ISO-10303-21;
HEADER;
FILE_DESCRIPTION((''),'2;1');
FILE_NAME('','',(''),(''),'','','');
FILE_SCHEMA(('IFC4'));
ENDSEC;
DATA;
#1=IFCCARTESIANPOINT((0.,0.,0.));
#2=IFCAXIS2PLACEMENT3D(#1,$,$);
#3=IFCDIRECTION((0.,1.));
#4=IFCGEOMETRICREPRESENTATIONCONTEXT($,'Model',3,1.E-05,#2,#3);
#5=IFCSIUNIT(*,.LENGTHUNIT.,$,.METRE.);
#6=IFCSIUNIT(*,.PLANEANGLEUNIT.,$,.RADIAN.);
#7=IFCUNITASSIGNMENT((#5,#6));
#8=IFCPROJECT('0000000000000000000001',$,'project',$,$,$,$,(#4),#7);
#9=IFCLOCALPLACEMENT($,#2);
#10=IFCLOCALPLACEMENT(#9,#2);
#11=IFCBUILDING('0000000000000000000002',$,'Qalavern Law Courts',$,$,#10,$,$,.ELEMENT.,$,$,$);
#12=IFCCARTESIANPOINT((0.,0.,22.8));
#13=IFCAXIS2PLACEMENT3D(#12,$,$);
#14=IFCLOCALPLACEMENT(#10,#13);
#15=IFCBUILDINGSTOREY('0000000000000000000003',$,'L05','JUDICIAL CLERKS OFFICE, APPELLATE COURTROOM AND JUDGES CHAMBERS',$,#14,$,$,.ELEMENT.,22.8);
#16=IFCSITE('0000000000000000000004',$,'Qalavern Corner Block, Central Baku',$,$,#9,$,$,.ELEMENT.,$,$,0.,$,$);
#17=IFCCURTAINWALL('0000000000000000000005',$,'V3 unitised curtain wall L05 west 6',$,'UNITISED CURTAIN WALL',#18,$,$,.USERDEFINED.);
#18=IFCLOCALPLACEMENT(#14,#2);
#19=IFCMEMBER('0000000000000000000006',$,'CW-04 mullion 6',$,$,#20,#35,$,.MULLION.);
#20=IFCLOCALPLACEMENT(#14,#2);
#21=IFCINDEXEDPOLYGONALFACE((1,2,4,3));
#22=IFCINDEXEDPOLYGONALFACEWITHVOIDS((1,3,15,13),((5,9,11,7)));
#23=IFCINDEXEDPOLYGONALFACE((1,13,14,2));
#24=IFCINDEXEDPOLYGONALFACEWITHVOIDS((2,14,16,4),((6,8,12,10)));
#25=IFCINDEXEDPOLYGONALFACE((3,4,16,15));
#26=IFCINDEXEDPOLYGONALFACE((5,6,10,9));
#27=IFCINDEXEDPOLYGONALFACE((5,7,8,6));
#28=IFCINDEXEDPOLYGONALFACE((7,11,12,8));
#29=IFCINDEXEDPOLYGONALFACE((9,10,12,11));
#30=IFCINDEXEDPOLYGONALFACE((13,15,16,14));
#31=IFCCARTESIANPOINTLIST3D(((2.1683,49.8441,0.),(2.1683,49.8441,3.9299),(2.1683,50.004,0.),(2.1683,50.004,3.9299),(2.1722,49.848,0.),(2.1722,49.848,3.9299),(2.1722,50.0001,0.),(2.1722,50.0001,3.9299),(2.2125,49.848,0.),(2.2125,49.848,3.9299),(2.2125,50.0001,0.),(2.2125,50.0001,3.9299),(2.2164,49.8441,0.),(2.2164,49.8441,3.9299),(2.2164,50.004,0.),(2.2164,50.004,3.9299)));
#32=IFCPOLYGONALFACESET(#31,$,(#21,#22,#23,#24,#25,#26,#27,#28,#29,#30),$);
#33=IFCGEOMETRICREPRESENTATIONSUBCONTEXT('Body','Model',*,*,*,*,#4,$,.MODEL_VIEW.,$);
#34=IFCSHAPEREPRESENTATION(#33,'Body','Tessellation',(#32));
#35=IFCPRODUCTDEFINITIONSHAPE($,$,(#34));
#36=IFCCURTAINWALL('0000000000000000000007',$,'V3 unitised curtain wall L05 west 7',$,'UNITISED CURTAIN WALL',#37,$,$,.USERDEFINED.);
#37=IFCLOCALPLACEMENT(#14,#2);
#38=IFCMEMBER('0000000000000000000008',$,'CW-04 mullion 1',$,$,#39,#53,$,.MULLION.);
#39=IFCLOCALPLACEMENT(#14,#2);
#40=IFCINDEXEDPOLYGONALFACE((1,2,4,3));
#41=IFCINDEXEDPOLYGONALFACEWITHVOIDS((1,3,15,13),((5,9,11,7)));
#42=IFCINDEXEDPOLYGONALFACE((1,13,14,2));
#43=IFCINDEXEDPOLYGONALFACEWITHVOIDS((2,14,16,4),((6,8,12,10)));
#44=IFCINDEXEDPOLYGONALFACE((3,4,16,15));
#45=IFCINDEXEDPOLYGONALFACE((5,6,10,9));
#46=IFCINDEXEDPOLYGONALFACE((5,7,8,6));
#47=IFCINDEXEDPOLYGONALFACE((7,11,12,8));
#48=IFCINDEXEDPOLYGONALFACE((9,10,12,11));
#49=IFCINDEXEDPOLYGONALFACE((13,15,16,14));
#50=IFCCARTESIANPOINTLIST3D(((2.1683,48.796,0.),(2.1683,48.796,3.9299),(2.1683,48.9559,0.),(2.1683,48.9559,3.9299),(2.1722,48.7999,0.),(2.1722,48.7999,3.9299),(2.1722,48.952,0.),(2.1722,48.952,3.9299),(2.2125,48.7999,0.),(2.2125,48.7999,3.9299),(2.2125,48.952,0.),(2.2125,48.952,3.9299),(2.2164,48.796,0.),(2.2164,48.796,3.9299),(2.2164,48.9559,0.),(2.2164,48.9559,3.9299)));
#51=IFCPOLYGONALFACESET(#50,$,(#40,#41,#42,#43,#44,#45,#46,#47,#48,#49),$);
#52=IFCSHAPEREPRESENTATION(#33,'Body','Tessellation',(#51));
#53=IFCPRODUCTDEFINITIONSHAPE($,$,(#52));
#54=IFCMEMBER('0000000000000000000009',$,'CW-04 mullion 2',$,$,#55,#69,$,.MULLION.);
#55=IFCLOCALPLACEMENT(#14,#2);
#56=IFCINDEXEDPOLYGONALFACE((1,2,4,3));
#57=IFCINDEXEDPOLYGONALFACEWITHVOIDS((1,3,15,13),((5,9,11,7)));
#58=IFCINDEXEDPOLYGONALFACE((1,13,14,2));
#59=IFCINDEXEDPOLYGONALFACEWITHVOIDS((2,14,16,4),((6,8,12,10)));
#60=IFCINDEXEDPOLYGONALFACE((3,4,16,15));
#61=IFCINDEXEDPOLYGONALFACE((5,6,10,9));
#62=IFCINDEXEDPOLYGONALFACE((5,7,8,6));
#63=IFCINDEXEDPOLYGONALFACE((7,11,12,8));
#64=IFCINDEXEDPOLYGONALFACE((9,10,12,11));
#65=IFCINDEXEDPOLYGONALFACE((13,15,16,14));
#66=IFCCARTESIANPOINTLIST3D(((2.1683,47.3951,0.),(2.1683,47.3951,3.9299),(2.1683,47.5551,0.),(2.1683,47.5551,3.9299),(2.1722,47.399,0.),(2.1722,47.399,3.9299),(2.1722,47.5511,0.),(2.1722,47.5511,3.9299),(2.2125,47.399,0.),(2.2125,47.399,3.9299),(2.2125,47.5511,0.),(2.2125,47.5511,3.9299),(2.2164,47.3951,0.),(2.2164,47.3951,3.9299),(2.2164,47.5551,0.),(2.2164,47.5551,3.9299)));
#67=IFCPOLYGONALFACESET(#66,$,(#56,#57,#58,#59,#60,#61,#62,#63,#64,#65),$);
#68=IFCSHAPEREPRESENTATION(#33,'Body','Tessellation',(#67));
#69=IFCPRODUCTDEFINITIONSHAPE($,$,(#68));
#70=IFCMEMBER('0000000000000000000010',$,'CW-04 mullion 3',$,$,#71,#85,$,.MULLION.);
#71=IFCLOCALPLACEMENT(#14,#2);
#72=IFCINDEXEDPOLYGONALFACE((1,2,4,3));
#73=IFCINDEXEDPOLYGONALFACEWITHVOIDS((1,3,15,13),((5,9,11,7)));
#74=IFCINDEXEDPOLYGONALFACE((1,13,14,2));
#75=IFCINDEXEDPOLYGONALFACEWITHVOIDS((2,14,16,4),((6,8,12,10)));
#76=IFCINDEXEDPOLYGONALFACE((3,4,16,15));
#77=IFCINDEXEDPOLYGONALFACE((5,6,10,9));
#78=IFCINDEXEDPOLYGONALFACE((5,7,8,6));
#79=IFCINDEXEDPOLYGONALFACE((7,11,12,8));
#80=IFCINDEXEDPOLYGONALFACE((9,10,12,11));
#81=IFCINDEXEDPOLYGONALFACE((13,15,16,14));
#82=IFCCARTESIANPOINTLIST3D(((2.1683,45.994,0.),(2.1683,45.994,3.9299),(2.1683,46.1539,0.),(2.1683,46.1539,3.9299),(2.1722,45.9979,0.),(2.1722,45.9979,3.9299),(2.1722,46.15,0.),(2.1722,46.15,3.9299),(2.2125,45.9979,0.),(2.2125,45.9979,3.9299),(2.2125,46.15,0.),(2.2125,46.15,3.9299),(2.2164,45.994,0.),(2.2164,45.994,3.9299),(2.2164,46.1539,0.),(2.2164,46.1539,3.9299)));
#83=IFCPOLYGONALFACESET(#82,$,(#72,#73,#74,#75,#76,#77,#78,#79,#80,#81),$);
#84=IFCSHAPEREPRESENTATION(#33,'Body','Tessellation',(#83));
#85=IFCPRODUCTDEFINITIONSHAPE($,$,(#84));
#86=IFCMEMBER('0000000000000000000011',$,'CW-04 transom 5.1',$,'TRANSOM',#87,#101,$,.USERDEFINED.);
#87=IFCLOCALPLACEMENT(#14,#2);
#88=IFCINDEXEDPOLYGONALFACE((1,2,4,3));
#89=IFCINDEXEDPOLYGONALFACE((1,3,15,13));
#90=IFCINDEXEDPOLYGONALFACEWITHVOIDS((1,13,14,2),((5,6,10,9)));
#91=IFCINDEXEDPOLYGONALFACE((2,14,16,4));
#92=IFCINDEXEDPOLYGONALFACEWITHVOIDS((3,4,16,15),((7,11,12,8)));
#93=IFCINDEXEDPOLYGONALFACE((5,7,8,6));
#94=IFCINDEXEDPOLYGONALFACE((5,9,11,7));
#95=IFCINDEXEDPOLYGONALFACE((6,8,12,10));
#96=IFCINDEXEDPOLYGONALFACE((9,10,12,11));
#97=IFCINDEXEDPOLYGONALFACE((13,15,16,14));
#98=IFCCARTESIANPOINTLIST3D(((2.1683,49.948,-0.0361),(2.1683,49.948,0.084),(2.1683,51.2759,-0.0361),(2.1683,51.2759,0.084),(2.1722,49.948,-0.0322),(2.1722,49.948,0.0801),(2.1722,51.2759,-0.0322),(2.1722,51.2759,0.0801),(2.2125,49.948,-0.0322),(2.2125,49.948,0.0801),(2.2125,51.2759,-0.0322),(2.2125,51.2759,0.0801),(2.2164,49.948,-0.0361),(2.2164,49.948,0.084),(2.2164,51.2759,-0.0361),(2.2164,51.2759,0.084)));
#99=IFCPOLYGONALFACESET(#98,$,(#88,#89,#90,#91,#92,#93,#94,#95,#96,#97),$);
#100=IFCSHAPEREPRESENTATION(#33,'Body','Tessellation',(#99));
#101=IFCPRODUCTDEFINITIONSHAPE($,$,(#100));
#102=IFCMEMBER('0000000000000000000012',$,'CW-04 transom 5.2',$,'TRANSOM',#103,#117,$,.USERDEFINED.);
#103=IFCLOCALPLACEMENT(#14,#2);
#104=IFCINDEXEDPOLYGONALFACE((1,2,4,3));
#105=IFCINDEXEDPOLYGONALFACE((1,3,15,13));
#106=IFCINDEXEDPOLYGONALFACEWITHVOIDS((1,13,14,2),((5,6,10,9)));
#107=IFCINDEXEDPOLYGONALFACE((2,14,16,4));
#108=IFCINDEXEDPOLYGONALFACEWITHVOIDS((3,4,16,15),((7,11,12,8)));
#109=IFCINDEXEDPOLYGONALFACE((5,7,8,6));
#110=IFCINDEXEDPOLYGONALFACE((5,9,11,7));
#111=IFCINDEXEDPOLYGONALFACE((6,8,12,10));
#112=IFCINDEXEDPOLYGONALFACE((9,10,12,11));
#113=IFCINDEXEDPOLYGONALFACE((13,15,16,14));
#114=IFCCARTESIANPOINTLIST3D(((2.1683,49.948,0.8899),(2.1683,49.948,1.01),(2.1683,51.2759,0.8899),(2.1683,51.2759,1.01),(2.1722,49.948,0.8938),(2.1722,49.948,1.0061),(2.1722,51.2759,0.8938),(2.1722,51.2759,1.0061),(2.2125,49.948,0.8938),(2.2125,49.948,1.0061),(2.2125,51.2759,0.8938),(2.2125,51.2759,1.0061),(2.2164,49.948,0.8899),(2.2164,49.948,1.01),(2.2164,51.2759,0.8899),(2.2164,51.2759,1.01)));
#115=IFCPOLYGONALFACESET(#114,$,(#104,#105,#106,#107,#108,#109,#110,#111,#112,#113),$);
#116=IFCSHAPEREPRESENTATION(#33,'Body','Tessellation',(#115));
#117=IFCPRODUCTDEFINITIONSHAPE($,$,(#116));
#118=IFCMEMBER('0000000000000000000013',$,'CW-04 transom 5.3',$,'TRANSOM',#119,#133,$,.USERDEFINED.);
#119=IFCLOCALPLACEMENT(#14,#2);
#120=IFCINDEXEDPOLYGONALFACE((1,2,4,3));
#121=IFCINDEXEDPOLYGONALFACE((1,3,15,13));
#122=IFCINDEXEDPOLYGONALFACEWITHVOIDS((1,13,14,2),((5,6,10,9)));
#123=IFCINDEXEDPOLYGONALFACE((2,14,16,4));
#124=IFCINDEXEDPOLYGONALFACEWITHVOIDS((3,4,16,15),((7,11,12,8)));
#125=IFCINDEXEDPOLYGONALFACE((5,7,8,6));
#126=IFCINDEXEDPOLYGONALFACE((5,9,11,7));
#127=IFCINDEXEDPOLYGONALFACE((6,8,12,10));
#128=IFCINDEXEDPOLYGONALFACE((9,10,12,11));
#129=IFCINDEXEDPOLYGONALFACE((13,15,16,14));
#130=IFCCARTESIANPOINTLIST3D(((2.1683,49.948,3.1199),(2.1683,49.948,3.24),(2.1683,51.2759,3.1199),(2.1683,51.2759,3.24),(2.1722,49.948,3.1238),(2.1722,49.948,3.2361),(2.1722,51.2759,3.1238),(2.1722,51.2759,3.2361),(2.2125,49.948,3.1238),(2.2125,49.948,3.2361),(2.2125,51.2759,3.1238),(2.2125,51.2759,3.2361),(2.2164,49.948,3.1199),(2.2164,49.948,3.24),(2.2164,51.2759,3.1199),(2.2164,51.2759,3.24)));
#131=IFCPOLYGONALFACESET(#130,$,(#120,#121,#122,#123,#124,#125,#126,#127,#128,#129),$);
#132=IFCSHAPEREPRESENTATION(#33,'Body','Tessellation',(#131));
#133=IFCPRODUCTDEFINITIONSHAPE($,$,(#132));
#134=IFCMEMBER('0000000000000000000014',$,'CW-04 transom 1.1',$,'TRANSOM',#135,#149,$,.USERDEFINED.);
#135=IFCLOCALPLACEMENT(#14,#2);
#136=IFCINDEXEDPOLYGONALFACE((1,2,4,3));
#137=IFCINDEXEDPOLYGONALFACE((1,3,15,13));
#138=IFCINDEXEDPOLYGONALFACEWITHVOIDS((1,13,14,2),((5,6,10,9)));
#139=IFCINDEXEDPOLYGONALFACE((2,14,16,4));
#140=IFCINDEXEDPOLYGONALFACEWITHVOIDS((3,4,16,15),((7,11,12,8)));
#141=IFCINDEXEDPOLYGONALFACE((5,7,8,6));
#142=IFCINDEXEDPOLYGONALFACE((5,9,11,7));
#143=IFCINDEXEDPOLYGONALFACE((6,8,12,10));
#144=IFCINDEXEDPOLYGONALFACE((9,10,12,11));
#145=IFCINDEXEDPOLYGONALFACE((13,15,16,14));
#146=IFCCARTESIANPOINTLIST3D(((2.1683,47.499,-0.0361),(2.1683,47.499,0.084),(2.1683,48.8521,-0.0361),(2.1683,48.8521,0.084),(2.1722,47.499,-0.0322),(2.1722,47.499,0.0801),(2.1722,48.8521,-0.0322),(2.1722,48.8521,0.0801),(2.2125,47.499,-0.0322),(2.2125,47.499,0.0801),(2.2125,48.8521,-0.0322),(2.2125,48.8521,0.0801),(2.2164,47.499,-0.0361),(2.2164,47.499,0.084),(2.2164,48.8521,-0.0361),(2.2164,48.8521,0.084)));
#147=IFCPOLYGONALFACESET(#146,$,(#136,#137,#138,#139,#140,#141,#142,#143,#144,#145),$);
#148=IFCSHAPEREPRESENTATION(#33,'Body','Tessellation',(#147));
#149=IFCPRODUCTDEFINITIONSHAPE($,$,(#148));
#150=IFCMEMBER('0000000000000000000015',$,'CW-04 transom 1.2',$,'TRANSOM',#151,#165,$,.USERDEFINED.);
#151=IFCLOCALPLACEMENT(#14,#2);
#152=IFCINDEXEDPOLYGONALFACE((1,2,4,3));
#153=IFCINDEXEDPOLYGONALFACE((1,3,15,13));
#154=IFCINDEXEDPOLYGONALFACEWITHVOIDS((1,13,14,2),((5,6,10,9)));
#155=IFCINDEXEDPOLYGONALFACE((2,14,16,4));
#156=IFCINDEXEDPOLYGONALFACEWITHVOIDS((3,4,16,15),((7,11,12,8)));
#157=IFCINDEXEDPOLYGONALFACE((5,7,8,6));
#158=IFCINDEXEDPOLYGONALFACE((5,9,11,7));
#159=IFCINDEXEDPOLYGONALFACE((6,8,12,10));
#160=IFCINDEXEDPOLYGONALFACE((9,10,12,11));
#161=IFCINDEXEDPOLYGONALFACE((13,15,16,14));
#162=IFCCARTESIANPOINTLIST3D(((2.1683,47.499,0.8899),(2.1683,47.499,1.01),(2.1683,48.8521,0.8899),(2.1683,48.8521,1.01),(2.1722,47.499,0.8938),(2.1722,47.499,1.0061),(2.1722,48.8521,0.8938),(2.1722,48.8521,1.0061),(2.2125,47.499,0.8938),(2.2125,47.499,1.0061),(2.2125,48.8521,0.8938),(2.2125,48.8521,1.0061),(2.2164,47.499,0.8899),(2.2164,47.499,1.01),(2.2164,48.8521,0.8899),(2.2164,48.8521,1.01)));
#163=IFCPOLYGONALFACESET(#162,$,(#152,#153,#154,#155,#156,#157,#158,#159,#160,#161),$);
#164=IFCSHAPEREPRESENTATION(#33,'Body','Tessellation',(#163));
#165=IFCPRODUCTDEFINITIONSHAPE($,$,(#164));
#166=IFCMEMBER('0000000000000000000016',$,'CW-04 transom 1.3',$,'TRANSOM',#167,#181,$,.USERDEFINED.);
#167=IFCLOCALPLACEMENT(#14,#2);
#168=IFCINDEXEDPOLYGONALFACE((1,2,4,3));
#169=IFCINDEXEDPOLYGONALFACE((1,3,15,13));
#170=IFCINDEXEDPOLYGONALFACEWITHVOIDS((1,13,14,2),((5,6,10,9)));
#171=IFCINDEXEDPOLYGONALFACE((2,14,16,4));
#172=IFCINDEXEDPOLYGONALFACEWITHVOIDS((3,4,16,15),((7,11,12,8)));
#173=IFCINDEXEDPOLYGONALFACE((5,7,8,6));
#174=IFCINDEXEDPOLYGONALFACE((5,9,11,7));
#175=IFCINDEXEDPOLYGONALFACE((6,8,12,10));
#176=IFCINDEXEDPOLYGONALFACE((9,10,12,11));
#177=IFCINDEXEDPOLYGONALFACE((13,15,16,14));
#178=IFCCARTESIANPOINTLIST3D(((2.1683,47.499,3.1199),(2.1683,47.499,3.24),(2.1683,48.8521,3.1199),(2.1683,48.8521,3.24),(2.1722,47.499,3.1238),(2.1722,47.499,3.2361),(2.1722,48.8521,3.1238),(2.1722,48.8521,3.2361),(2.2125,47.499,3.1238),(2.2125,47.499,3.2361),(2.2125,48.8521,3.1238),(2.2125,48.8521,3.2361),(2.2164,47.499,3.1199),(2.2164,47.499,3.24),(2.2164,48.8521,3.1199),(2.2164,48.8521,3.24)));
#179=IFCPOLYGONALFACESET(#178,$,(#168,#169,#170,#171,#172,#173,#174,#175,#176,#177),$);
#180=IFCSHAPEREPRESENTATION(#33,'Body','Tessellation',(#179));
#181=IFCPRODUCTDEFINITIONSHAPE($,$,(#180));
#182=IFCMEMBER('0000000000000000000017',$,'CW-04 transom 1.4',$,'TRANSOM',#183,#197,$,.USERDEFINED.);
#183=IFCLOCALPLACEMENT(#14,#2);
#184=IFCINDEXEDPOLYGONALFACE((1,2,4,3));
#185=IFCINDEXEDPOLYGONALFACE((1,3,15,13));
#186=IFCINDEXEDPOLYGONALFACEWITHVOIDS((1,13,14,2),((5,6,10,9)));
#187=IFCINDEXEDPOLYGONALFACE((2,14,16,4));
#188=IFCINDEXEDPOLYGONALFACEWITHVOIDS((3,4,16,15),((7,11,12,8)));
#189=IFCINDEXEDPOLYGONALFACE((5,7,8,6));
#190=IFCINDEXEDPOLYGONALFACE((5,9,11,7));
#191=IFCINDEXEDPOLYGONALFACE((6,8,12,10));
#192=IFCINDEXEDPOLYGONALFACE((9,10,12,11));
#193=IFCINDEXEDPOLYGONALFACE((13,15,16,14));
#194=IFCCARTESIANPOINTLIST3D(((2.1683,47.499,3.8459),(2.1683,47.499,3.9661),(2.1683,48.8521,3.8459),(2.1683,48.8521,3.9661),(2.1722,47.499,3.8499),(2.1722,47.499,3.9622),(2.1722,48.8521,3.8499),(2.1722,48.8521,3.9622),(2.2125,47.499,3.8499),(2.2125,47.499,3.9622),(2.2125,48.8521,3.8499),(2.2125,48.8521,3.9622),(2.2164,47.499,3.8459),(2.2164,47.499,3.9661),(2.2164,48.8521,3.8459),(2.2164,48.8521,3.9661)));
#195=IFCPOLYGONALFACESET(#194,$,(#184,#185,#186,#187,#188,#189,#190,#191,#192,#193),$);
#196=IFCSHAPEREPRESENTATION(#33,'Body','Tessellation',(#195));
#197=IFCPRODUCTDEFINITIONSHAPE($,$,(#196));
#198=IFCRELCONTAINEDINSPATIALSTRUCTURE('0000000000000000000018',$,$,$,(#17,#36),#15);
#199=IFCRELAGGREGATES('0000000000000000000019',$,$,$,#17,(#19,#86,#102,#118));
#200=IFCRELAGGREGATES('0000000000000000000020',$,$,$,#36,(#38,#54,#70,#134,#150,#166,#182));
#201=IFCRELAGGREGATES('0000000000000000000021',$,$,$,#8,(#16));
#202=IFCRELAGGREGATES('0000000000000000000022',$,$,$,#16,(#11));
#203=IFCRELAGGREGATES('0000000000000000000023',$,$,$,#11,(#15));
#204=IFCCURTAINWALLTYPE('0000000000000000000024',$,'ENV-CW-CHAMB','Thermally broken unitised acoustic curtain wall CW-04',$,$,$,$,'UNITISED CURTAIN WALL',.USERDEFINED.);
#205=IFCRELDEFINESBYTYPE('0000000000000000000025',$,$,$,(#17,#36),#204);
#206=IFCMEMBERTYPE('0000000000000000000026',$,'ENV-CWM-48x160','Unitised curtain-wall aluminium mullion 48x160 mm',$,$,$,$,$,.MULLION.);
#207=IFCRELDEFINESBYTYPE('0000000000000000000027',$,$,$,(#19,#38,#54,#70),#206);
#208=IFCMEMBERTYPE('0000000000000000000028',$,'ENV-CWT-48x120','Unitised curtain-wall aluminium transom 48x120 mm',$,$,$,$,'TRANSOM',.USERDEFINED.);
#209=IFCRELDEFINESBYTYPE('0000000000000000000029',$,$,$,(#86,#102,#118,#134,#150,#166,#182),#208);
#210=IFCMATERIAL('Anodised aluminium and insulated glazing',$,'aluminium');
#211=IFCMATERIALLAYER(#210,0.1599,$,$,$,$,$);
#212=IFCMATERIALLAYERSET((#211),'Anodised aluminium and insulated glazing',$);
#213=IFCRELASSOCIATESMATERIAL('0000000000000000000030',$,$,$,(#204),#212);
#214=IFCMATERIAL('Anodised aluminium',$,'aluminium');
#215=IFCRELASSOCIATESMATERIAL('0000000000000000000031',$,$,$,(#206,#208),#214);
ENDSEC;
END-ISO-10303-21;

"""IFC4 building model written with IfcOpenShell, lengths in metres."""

from ifc_helpers import new_model, si_unit, direction, frame, origin, origin_2d, place, context, subcontext, project, spatial, hollow_rectangle, extrude, material, layer, layer_set, material_profile, profile_set, type_object, element, aggregate, save


model = new_model("IFC4")

# Units and contexts
model_context = context("Model", 3, precision=1e-05, world=origin(), true_north=direction((0.0, 1.0)))
body_context = subcontext(model_context, "Body", "Model", "MODEL_VIEW")
ifc_project = project(units=[si_unit("LENGTHUNIT", "METRE"), si_unit("PLANEANGLEUNIT", "RADIAN")], contexts=[model_context])

# Site, building, storey
site_placement = place(None, origin())
site = spatial("IfcSite", under=ifc_project, at=site_placement, Name="Qalavern Corner Block, Central Baku", CompositionType="ELEMENT", RefElevation=0.0)
building_placement = place(site_placement, origin())
building = spatial("IfcBuilding", under=site, at=building_placement, Name="Qalavern Law Courts", CompositionType="ELEMENT")
storey_placement = place(building_placement, frame((0.0, 0.0, 22.8)))
storey = spatial("IfcBuildingStorey", under=building, at=storey_placement, Name="L05", Description="JUDICIAL CLERKS OFFICE, APPELLATE COURTROOM AND JUDGES CHAMBERS", CompositionType="ELEMENT", Elevation=22.8)

# Curtain wall, member
ifc_material_1 = material(Name="Anodised aluminium and insulated glazing", Category="aluminium")
ifc_layer_1 = layer(ifc_material_1, 0.1599)
ifc_layer_set_1 = layer_set([ifc_layer_1], Name="Anodised aluminium and insulated glazing")
curtain_wall_type = type_object("IfcCurtainWallType", Name="ENV-CW-CHAMB", Description="Thermally broken unitised acoustic curtain wall CW-04", ElementType="UNITISED CURTAIN WALL", PredefinedType="USERDEFINED", material=ifc_layer_set_1)
curtain_wall_1_placement = place(storey_placement, origin())
curtain_wall_1 = element("IfcCurtainWall", 1, at=curtain_wall_1_placement, inside=storey, type_object=curtain_wall_type, Name="V3 unitised curtain wall L05 west 6", ObjectType="UNITISED CURTAIN WALL", PredefinedType="USERDEFINED")
ifc_material_2 = material(Name="Anodised aluminium", Category="aluminium")
ifc_material_profile_1 = material_profile(ifc_material_2, hollow_rectangle(XDim=0.0481, YDim=0.1599, WallThickness=0.0039, at=origin_2d()), Name="ALU MULLION 48x160")
ifc_profile_set_1 = profile_set([ifc_material_profile_1], Name="Anodised aluminium")
member_type_1 = type_object("IfcMemberType", Name="ENV-CWM-48x160", Description="Unitised curtain-wall aluminium mullion 48x160 mm", PredefinedType="MULLION", material=ifc_profile_set_1)
member_1_placement = place(storey_placement, frame((2.1924, 49.9241, 0.0), z_axis=(0.0, 0.0, 1.0), x_axis=(1.0, 0.0, 0.0)))
member_1 = element("IfcMember", 2, at=member_1_placement, type_object=member_type_1, Name="CW-04 mullion 6", PredefinedType="MULLION", context=body_context, shape_type="SweptSolid", body=[
    extrude(hollow_rectangle(XDim=0.0481, YDim=0.1599, WallThickness=0.0039, at=origin_2d()), origin(), (0.0, 0.0, 1.0), 3.9299),
])

# Curtain wall, members
curtain_wall_2_placement = place(storey_placement, origin())
curtain_wall_2 = element("IfcCurtainWall", 3, at=curtain_wall_2_placement, inside=storey, type_object=curtain_wall_type, Name="V3 unitised curtain wall L05 west 7", ObjectType="UNITISED CURTAIN WALL", PredefinedType="USERDEFINED")
member_2_placement = place(storey_placement, frame((2.1924, 48.876, 0.0), z_axis=(0.0, 0.0, 1.0), x_axis=(1.0, 0.0, 0.0)))
member_2 = element("IfcMember", 4, at=member_2_placement, type_object=member_type_1, Name="CW-04 mullion 1", PredefinedType="MULLION", context=body_context, shape_type="SweptSolid", body=[
    extrude(hollow_rectangle(XDim=0.0481, YDim=0.1599, WallThickness=0.0039, at=origin_2d()), origin(), (0.0, 0.0, 1.0), 3.9299),
])
member_3_placement = place(storey_placement, frame((2.1924, 47.4751, 0.0), z_axis=(0.0, 0.0, 1.0), x_axis=(1.0, 0.0, 0.0)))
member_3 = element("IfcMember", 5, at=member_3_placement, type_object=member_type_1, Name="CW-04 mullion 2", PredefinedType="MULLION", context=body_context, shape_type="SweptSolid", body=[
    extrude(hollow_rectangle(XDim=0.0481, YDim=0.1599, WallThickness=0.0039, at=origin_2d()), origin(), (0.0, 0.0, 1.0), 3.9299),
])
member_4_placement = place(storey_placement, frame((2.1924, 46.074, 0.0), z_axis=(0.0, 0.0, 1.0), x_axis=(1.0, 0.0, 0.0)))
member_4 = element("IfcMember", 6, at=member_4_placement, type_object=member_type_1, Name="CW-04 mullion 3", PredefinedType="MULLION", context=body_context, shape_type="SweptSolid", body=[
    extrude(hollow_rectangle(XDim=0.0481, YDim=0.1599, WallThickness=0.0039, at=origin_2d()), origin(), (0.0, 0.0, 1.0), 3.9299),
])

# Members
ifc_material_profile_2 = material_profile(ifc_material_2, hollow_rectangle(XDim=0.0481, YDim=0.1201, WallThickness=0.0039, at=origin_2d()), Name="ALU TRANSOM 48x120")
ifc_profile_set_2 = profile_set([ifc_material_profile_2], Name="Anodised aluminium")
member_type_2 = type_object("IfcMemberType", Name="ENV-CWT-48x120", Description="Unitised curtain-wall aluminium transom 48x120 mm", ElementType="TRANSOM", PredefinedType="USERDEFINED", material=ifc_profile_set_2)
member_5_placement = place(storey_placement, frame((2.1924, 51.2759, 0.0239), z_axis=(0.0, -1.0, 0.0), x_axis=(1.0, 0.0, 0.0)))
member_5 = element("IfcMember", 7, at=member_5_placement, type_object=member_type_2, Name="CW-04 transom 5.1", ObjectType="TRANSOM", PredefinedType="USERDEFINED", context=body_context, shape_type="SweptSolid", body=[
    extrude(hollow_rectangle(XDim=0.0481, YDim=0.1201, WallThickness=0.0039, at=origin_2d()), origin(), (0.0, 0.0, 1.0), 1.3279),
])
member_6_placement = place(storey_placement, frame((2.1924, 51.2759, 0.95), z_axis=(0.0, -1.0, 0.0), x_axis=(1.0, 0.0, 0.0)))
member_6 = element("IfcMember", 8, at=member_6_placement, type_object=member_type_2, Name="CW-04 transom 5.2", ObjectType="TRANSOM", PredefinedType="USERDEFINED", context=body_context, shape_type="SweptSolid", body=[
    extrude(hollow_rectangle(XDim=0.0481, YDim=0.1201, WallThickness=0.0039, at=origin_2d()), origin(), (0.0, 0.0, 1.0), 1.3279),
])
member_7_placement = place(storey_placement, frame((2.1924, 51.2759, 3.1799), z_axis=(0.0, -1.0, 0.0), x_axis=(1.0, 0.0, 0.0)))
member_7 = element("IfcMember", 9, at=member_7_placement, type_object=member_type_2, Name="CW-04 transom 5.3", ObjectType="TRANSOM", PredefinedType="USERDEFINED", context=body_context, shape_type="SweptSolid", body=[
    extrude(hollow_rectangle(XDim=0.0481, YDim=0.1201, WallThickness=0.0039, at=origin_2d()), origin(), (0.0, 0.0, 1.0), 1.3279),
])
member_8_placement = place(storey_placement, frame((2.1924, 48.8521, 0.0239), z_axis=(0.0, -1.0, 0.0), x_axis=(1.0, 0.0, 0.0)))
member_8 = element("IfcMember", 10, at=member_8_placement, type_object=member_type_2, Name="CW-04 transom 1.1", ObjectType="TRANSOM", PredefinedType="USERDEFINED", context=body_context, shape_type="SweptSolid", body=[
    extrude(hollow_rectangle(XDim=0.0481, YDim=0.1201, WallThickness=0.0039, at=origin_2d()), origin(), (0.0, 0.0, 1.0), 1.353),
])
member_9_placement = place(storey_placement, frame((2.1924, 48.8521, 0.95), z_axis=(0.0, -1.0, 0.0), x_axis=(1.0, 0.0, 0.0)))
member_9 = element("IfcMember", 11, at=member_9_placement, type_object=member_type_2, Name="CW-04 transom 1.2", ObjectType="TRANSOM", PredefinedType="USERDEFINED", context=body_context, shape_type="SweptSolid", body=[
    extrude(hollow_rectangle(XDim=0.0481, YDim=0.1201, WallThickness=0.0039, at=origin_2d()), origin(), (0.0, 0.0, 1.0), 1.353),
])
member_10_placement = place(storey_placement, frame((2.1924, 48.8521, 3.1799), z_axis=(0.0, -1.0, 0.0), x_axis=(1.0, 0.0, 0.0)))
member_10 = element("IfcMember", 12, at=member_10_placement, type_object=member_type_2, Name="CW-04 transom 1.3", ObjectType="TRANSOM", PredefinedType="USERDEFINED", context=body_context, shape_type="SweptSolid", body=[
    extrude(hollow_rectangle(XDim=0.0481, YDim=0.1201, WallThickness=0.0039, at=origin_2d()), origin(), (0.0, 0.0, 1.0), 1.353),
])
member_11_placement = place(storey_placement, frame((2.1924, 48.8521, 3.906), z_axis=(0.0, -1.0, 0.0), x_axis=(1.0, 0.0, 0.0)))
member_11 = element("IfcMember", 13, at=member_11_placement, type_object=member_type_2, Name="CW-04 transom 1.4", ObjectType="TRANSOM", PredefinedType="USERDEFINED", context=body_context, shape_type="SweptSolid", body=[
    extrude(hollow_rectangle(XDim=0.0481, YDim=0.1201, WallThickness=0.0039, at=origin_2d()), origin(), (0.0, 0.0, 1.0), 1.353),
])

aggregate(curtain_wall_1, [member_1, member_5, member_6, member_7])
aggregate(curtain_wall_2, [member_2, member_3, member_4, member_8, member_9, member_10, member_11])

save(model, "model.ifc")
